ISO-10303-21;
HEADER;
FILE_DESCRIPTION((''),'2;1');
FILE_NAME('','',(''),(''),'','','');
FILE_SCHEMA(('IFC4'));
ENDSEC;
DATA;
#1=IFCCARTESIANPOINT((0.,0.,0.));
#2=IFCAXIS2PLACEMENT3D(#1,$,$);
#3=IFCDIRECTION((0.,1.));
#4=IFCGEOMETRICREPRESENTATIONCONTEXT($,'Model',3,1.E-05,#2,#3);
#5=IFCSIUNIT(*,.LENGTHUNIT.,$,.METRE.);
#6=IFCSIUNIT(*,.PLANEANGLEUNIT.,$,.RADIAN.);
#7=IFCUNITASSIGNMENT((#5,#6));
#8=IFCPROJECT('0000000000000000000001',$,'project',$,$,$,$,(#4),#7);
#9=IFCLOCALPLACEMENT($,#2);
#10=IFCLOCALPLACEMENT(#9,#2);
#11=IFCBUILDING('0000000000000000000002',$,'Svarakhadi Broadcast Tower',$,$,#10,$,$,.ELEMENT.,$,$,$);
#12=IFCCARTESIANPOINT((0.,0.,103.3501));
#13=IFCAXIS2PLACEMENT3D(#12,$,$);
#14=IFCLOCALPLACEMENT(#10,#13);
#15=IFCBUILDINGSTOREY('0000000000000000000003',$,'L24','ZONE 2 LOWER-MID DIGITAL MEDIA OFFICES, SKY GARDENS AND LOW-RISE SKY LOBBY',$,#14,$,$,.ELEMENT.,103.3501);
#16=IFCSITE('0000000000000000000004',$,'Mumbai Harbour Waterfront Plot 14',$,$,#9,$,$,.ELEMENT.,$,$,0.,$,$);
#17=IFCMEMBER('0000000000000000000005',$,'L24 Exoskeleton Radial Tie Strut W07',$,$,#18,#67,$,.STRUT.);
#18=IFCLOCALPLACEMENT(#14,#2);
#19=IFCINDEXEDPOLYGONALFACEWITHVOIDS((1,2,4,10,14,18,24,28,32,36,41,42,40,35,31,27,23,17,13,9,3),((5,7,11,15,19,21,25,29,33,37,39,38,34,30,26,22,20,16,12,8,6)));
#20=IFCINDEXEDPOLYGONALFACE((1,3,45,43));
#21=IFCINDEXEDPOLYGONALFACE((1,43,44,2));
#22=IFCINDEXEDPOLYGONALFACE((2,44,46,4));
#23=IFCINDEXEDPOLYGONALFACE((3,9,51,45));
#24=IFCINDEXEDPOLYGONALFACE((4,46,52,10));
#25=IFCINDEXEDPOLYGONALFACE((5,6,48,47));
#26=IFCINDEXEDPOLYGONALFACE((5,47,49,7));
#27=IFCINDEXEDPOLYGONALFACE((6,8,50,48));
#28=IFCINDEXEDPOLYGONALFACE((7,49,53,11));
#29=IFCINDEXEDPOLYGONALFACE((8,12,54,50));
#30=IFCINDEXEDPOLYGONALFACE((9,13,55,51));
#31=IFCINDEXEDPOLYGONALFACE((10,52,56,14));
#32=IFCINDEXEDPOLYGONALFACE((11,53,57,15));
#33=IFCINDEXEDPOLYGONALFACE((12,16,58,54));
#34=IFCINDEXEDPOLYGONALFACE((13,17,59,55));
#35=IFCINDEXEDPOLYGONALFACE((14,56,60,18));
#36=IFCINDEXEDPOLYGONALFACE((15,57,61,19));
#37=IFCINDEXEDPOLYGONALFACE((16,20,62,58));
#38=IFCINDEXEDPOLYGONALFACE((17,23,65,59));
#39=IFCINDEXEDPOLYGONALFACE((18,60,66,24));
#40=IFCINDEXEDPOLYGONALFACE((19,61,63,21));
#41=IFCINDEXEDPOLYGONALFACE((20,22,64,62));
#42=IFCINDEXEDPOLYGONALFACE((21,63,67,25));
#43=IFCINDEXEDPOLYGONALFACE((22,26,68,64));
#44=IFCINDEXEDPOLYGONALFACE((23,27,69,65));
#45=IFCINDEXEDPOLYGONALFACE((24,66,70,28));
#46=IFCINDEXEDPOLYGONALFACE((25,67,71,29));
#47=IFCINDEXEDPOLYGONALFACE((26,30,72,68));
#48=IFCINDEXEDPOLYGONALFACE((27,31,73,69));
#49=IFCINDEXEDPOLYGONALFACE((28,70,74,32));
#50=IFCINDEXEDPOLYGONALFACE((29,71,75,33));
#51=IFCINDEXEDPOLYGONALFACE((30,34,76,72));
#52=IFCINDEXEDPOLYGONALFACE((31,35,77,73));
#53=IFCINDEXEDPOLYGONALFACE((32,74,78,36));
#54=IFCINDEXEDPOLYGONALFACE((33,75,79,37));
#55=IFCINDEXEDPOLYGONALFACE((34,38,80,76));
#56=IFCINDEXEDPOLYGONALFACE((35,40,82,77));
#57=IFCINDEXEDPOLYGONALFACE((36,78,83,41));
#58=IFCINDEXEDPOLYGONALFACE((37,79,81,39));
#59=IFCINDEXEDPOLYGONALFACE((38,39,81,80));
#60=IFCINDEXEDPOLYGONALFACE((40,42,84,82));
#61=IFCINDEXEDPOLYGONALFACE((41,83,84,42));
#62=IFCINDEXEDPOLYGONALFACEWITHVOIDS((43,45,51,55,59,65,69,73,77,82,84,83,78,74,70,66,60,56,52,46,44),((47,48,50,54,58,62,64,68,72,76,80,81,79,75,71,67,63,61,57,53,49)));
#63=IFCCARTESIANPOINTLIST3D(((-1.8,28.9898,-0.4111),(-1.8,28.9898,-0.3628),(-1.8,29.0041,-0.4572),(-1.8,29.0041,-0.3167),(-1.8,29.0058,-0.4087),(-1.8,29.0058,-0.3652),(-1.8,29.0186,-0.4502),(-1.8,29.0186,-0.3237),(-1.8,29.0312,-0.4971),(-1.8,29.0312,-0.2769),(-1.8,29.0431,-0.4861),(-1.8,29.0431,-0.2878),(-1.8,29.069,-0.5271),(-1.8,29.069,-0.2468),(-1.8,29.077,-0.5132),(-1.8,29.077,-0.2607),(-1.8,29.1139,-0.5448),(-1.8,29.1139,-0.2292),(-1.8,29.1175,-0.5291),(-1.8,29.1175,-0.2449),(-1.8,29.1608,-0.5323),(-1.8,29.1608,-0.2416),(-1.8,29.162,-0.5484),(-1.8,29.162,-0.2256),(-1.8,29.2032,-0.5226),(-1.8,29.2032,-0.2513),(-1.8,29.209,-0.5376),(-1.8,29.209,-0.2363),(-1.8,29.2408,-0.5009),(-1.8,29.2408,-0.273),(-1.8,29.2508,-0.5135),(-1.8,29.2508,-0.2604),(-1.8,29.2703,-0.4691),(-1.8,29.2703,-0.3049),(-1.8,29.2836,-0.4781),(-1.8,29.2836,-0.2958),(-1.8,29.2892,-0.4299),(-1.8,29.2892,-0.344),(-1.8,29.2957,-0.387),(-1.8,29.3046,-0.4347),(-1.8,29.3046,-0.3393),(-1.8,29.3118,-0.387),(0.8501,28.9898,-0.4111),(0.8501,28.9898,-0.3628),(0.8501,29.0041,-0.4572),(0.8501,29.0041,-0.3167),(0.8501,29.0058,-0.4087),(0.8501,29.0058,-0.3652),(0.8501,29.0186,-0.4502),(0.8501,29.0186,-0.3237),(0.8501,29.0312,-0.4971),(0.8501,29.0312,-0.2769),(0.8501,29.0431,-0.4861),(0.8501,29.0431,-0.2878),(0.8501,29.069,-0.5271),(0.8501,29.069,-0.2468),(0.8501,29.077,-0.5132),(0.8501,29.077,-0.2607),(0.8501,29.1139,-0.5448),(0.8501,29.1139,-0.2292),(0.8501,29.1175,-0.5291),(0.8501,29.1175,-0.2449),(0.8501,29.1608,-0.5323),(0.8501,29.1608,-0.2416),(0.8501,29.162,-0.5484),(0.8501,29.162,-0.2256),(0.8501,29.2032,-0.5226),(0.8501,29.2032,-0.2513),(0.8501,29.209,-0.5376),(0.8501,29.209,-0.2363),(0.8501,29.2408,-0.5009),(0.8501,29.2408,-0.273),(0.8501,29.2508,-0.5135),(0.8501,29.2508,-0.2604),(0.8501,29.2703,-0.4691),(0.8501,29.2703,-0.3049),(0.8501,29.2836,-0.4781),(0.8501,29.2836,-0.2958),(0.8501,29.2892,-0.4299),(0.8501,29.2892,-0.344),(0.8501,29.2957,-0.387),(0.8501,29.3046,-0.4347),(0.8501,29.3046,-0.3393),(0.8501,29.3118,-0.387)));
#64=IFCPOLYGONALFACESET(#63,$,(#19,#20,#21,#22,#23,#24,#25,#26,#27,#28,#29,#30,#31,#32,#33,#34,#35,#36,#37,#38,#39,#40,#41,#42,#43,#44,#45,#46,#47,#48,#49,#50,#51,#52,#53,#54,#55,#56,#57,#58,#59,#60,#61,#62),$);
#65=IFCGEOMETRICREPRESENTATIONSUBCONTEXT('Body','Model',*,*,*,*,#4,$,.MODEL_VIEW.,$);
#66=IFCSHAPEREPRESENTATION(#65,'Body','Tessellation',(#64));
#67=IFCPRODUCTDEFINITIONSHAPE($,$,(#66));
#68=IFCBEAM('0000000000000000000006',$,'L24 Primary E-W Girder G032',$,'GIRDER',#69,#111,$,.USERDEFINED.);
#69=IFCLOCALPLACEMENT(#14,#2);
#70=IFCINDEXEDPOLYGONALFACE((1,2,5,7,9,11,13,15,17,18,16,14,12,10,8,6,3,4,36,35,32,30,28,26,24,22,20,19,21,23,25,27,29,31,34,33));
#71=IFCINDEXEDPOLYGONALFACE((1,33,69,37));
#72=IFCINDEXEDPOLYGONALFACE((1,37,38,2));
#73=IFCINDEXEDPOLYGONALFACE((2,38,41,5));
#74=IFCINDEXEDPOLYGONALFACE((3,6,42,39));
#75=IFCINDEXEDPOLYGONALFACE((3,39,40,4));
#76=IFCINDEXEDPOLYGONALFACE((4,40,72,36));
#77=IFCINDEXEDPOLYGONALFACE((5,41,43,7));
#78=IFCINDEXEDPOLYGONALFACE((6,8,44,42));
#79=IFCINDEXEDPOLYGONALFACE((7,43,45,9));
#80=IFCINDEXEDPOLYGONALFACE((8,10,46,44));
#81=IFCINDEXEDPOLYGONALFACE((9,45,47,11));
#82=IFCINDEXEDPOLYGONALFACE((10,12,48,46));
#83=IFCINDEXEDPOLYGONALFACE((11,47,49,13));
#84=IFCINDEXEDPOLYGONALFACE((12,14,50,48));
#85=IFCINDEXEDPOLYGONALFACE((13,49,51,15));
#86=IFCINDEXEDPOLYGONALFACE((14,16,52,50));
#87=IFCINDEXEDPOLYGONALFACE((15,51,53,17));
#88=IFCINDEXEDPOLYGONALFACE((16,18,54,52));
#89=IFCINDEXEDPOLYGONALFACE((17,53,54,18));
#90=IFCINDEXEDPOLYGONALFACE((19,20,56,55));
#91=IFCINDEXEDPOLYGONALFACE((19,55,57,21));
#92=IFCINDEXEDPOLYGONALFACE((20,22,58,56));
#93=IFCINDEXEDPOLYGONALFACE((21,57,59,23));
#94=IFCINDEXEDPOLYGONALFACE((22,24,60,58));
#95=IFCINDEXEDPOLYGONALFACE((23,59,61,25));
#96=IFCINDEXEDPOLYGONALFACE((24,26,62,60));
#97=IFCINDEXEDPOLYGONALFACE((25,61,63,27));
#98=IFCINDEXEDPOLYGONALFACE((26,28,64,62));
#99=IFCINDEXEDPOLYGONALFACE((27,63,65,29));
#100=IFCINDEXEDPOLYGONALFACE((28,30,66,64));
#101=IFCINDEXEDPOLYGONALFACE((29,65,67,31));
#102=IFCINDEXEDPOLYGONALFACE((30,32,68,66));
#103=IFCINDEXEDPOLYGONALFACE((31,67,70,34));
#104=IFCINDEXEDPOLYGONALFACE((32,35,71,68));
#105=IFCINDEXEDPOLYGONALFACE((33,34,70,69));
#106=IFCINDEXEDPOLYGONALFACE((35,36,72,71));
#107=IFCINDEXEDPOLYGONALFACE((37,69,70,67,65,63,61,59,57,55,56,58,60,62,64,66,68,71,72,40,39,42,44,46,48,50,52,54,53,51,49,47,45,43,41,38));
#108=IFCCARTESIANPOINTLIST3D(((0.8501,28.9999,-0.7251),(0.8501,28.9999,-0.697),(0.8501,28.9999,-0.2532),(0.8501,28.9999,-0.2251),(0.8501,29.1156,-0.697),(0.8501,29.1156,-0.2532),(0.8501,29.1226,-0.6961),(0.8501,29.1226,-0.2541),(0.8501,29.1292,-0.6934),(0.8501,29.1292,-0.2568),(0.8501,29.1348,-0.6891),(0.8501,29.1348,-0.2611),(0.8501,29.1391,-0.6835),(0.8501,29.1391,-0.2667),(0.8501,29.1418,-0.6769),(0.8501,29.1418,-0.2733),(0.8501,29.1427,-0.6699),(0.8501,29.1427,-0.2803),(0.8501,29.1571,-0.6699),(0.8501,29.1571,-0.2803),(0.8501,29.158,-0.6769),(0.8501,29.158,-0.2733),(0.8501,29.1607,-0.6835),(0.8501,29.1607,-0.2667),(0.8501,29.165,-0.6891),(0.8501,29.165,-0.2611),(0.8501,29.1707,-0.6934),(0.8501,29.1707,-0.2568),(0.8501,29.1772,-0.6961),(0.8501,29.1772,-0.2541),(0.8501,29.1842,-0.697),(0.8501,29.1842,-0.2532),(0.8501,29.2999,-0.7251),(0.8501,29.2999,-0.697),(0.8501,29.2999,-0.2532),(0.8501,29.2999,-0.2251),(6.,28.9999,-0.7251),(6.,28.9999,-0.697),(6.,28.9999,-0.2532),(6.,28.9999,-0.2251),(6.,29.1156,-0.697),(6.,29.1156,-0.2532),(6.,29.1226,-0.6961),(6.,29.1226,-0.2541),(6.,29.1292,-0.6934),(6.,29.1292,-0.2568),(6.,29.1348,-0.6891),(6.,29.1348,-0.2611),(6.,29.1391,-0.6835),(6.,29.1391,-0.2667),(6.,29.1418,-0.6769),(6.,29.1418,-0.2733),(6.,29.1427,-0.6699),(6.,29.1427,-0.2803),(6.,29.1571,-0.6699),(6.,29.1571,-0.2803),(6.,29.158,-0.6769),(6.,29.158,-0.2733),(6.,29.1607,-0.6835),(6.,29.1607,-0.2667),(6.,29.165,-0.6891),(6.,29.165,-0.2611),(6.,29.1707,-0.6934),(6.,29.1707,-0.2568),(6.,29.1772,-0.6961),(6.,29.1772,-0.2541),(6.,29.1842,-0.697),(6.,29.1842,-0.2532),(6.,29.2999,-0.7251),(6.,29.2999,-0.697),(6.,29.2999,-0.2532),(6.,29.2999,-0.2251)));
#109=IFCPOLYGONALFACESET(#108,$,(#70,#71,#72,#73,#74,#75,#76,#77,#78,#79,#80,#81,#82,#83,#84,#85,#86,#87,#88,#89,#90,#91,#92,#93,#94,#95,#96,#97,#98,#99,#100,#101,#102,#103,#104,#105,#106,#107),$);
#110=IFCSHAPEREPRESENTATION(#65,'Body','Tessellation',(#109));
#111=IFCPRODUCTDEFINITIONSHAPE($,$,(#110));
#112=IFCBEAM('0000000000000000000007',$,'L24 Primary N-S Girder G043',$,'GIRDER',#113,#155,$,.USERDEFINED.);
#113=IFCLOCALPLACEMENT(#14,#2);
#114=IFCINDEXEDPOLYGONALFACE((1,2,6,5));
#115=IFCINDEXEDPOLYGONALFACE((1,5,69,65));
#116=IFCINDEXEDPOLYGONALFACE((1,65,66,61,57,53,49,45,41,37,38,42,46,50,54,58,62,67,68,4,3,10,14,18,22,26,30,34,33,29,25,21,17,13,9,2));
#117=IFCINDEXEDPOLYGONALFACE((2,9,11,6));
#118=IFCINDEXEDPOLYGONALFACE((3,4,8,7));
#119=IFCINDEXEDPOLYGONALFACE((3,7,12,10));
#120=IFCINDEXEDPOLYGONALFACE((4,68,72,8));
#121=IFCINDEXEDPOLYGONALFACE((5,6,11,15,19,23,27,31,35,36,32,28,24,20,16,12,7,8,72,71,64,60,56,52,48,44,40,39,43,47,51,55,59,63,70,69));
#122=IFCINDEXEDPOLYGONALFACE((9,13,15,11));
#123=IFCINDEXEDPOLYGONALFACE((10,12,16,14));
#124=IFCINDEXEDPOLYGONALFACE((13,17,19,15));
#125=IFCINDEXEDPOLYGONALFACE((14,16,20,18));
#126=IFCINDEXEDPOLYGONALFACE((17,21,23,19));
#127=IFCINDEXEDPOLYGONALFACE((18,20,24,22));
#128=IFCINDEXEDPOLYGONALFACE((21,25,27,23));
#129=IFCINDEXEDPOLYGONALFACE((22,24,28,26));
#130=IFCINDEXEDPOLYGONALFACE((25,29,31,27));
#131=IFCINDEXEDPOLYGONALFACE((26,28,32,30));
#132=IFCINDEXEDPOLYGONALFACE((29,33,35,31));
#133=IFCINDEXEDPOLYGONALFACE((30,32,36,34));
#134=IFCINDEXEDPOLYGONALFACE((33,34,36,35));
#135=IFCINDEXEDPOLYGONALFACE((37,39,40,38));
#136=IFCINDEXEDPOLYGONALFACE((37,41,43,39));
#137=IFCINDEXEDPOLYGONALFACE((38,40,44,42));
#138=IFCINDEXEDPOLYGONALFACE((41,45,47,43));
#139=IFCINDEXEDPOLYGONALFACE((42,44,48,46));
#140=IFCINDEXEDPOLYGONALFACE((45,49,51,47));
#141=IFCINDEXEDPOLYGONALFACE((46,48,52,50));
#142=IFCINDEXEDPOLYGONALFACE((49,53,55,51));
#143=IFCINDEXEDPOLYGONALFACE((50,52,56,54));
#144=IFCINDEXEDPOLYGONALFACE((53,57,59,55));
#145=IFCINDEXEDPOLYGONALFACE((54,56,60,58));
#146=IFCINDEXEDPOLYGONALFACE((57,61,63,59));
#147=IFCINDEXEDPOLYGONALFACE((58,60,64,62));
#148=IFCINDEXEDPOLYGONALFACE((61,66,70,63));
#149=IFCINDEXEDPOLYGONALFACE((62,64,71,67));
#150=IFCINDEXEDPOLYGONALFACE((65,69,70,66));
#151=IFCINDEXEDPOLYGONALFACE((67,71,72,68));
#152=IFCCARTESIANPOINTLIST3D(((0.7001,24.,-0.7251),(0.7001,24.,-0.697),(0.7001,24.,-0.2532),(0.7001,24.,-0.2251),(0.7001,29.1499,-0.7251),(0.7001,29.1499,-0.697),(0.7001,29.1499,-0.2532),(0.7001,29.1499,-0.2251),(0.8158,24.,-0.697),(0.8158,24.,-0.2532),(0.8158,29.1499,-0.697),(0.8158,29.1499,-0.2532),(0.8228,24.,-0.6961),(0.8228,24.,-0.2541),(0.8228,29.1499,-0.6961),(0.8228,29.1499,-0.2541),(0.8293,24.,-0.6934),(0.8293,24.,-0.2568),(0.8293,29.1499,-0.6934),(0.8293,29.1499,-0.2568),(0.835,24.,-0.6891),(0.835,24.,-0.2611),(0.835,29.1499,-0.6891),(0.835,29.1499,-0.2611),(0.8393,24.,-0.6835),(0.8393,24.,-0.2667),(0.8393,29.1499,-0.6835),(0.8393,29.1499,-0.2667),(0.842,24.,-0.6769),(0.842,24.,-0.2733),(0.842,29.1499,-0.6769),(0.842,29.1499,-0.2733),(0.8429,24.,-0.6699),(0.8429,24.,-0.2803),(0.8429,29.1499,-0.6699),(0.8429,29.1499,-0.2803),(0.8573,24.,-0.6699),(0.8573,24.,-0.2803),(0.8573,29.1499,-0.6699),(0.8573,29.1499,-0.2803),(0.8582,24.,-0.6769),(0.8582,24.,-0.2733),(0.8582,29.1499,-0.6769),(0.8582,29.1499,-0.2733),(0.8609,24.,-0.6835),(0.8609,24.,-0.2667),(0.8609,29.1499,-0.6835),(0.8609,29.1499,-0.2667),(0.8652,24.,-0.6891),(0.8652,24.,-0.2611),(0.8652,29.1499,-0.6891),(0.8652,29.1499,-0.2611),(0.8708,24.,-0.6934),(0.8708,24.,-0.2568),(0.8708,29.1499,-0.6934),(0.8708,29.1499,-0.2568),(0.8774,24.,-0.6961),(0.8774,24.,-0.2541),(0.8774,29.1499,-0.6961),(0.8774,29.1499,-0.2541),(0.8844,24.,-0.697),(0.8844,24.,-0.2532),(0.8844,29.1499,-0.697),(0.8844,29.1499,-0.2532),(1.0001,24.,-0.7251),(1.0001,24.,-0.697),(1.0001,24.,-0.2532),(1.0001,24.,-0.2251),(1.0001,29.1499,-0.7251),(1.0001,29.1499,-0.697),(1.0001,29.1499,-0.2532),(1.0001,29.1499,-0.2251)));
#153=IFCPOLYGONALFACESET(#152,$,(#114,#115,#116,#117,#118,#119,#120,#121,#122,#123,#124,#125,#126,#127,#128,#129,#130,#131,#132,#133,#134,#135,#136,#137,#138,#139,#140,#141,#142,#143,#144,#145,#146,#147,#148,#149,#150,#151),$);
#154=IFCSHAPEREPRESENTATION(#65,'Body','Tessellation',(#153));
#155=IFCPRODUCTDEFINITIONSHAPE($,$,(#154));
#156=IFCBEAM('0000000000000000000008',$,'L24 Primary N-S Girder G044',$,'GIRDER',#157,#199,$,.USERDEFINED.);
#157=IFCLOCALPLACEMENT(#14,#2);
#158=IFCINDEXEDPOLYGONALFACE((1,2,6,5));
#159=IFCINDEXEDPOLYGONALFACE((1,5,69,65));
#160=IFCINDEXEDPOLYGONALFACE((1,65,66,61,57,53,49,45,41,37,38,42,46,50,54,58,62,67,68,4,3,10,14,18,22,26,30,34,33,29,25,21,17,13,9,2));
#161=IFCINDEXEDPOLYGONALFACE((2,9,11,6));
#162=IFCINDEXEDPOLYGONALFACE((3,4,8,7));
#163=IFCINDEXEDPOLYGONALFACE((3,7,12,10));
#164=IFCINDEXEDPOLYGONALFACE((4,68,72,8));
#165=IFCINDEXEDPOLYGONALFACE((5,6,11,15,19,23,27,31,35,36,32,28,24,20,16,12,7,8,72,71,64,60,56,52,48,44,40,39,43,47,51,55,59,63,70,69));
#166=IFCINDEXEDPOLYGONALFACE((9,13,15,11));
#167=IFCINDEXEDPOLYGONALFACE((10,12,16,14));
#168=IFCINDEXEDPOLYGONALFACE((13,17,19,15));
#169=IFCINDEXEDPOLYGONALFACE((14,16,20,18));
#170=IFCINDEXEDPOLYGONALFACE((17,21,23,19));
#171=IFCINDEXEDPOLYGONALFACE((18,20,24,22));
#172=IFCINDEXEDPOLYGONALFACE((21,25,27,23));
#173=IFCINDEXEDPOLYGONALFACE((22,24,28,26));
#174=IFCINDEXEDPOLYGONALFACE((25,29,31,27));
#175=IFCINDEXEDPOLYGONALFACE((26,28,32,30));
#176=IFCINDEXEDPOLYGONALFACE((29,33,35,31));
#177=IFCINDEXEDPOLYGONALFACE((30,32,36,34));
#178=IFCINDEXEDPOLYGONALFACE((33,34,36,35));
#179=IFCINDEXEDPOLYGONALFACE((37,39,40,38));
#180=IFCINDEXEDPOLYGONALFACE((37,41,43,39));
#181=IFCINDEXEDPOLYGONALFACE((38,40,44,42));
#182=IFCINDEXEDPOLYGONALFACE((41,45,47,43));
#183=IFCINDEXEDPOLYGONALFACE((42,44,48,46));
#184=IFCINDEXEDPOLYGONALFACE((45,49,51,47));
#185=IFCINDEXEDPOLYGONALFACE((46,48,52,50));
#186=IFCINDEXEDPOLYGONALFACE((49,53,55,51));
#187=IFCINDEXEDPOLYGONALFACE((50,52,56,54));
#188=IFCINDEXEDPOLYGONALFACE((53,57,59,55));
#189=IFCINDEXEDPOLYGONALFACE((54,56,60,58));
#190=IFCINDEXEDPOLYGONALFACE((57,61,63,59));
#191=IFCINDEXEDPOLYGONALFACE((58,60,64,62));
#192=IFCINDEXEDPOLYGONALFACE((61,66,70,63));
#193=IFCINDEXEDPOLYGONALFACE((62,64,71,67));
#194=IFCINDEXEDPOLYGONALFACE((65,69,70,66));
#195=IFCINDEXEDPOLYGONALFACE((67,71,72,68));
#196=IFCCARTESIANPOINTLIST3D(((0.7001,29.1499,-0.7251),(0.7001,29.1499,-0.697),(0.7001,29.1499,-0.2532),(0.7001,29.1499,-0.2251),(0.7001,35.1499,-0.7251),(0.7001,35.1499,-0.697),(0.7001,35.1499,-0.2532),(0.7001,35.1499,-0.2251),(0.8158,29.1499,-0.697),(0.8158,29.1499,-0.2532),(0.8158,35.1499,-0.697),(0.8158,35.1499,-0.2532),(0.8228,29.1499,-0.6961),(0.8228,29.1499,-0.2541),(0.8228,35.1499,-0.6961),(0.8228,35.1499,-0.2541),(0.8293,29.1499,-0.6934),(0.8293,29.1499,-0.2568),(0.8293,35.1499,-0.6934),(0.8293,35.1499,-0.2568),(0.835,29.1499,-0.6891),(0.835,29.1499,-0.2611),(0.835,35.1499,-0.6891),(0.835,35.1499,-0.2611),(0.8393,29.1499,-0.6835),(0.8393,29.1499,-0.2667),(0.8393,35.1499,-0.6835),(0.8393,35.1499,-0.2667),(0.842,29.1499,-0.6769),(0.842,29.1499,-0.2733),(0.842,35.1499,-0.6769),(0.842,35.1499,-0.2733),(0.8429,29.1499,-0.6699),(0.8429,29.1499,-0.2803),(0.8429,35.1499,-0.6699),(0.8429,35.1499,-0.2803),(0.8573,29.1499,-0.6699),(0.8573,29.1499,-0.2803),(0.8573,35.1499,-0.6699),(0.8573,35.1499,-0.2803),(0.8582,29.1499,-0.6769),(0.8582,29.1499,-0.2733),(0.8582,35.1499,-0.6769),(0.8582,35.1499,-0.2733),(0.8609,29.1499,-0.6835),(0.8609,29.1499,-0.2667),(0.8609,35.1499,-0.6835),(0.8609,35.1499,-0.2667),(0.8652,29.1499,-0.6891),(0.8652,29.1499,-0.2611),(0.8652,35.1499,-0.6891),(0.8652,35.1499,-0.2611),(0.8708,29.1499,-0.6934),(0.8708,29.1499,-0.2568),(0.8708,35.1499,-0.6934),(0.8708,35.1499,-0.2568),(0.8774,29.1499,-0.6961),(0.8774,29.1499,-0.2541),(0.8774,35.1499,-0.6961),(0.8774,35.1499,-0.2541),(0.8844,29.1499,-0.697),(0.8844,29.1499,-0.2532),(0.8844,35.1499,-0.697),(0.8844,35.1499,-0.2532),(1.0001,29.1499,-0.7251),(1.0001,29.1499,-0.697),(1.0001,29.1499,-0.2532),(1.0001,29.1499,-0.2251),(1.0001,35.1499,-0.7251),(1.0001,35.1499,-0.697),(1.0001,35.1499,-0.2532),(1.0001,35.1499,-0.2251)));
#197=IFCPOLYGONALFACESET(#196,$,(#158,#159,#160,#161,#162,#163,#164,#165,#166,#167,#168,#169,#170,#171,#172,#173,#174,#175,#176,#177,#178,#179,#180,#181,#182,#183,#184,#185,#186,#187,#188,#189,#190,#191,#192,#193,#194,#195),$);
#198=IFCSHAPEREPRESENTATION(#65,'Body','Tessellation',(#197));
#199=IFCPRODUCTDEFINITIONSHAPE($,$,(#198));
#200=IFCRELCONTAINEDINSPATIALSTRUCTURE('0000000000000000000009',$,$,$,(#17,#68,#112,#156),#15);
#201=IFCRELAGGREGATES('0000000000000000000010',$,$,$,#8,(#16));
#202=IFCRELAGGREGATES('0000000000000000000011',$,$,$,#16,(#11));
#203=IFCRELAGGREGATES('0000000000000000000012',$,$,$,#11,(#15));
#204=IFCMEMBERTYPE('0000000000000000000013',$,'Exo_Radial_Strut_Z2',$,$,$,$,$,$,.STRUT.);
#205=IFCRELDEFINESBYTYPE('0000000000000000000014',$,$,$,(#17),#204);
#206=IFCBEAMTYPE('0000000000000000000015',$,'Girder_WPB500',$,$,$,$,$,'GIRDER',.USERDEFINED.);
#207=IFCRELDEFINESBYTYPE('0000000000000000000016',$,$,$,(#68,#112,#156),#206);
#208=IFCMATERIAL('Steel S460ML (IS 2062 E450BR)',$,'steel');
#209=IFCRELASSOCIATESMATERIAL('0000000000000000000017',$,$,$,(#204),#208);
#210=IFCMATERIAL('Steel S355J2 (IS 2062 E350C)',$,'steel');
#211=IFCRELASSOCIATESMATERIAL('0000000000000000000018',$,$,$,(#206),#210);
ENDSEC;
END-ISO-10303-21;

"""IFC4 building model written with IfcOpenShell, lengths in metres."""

from ifc_helpers import new_model, si_unit, direction, frame, origin, origin_2d, place, context, subcontext, project, spatial, hollow_circle, i_section, extrude, material, material_profile, profile_set, type_object, element, save


model = new_model("IFC4")

# Units and contexts
model_context = context("Model", 3, precision=1e-05, world=origin(), true_north=direction((0.0, 1.0)))
body_context = subcontext(model_context, "Body", "Model", "MODEL_VIEW")
ifc_project = project(units=[si_unit("LENGTHUNIT", "METRE"), si_unit("PLANEANGLEUNIT", "RADIAN")], contexts=[model_context])

# Site, building, storey
site_placement = place(None, origin())
site = spatial("IfcSite", under=ifc_project, at=site_placement, Name="Mumbai Harbour Waterfront Plot 14", CompositionType="ELEMENT", RefElevation=0.0)
building_placement = place(site_placement, origin())
building = spatial("IfcBuilding", under=site, at=building_placement, Name="Svarakhadi Broadcast Tower", CompositionType="ELEMENT")
storey_placement = place(building_placement, frame((0.0, 0.0, 103.3501)))
storey = spatial("IfcBuildingStorey", under=building, at=storey_placement, Name="L24", Description="ZONE 2 LOWER-MID DIGITAL MEDIA OFFICES, SKY GARDENS AND LOW-RISE SKY LOBBY", CompositionType="ELEMENT", Elevation=103.3501)

# Shared definitions
ifc_material_1 = material(Name="Steel S460ML (IS 2062 E450BR)", Category="steel")

# Shared definitions
ifc_material_2 = material(Name="Steel S355J2 (IS 2062 E350C)", Category="steel")

# Member
ifc_material_profile_1 = material_profile(ifc_material_1, hollow_circle(Radius=0.1619, WallThickness=0.0161, at=origin_2d()), Name="CHS 323.9x16")
ifc_profile_set_1 = profile_set([ifc_material_profile_1], Name="Steel S460ML (IS 2062 E450BR)")
member_type_1 = type_object("IfcMemberType", Name="Exo_Radial_Strut_Z2", PredefinedType="STRUT", material=ifc_profile_set_1)
member_1_placement = place(storey_placement, frame((-1.8, 29.1499, -0.387), z_axis=(1.0, 0.0, 0.0), x_axis=(0.0, 1.0, 0.0)))
element("IfcMember", 1, at=member_1_placement, inside=storey, type_object=member_type_1, Name="L24 Exoskeleton Radial Tie Strut W07", PredefinedType="STRUT", context=body_context, shape_type="SweptSolid", body=[
    extrude(hollow_circle(Radius=0.1619, WallThickness=0.0161, at=origin_2d()), origin(), (0.0, 0.0, 1.0), 2.6501),
])

# Beams
ifc_material_profile_2 = material_profile(ifc_material_2, i_section(OverallWidth=0.3, OverallDepth=0.5, WebThickness=0.0144, FlangeThickness=0.0281, FilletRadius=0.0271, at=origin_2d()), Name="WPB 500x300x187")
ifc_profile_set_2 = profile_set([ifc_material_profile_2], Name="Steel S355J2 (IS 2062 E350C)")
beam_type_1 = type_object("IfcBeamType", Name="Girder_WPB500", ElementType="GIRDER", PredefinedType="USERDEFINED", material=ifc_profile_set_2)
for number, where, z_axis, x_axis, name in (
    (2, (0.8501, 29.1499, -0.4751), (1.0, 0.0, 0.0), (0.0, 1.0, 0.0), "L24 Primary E-W Girder G032"),
    (3, (0.8501, 24.0, -0.4751), (0.0, 1.0, 0.0), (-1.0, 0.0, 0.0), "L24 Primary N-S Girder G043"),
):
    element("IfcBeam", number, at=place(storey_placement, frame(where, z_axis=z_axis, x_axis=x_axis)), inside=storey, type_object=beam_type_1, Name=name, ObjectType="GIRDER", PredefinedType="USERDEFINED", context=body_context, shape_type="SweptSolid", body=[
        extrude(i_section(OverallWidth=0.3, OverallDepth=0.5, WebThickness=0.0144, FlangeThickness=0.0281, FilletRadius=0.0271, at=origin_2d()), origin(), (0.0, 0.0, 1.0), 5.1499),
    ])
beam_1_placement = place(storey_placement, frame((0.8501, 29.1499, -0.4751), z_axis=(0.0, 1.0, 0.0), x_axis=(-1.0, 0.0, 0.0)))
element("IfcBeam", 4, at=beam_1_placement, inside=storey, type_object=beam_type_1, Name="L24 Primary N-S Girder G044", ObjectType="GIRDER", PredefinedType="USERDEFINED", context=body_context, shape_type="SweptSolid", body=[
    extrude(i_section(OverallWidth=0.3, OverallDepth=0.5, WebThickness=0.0144, FlangeThickness=0.0281, FilletRadius=0.0271, at=origin_2d()), origin(), (0.0, 0.0, 1.0), 6.0),
])

save(model, "model.ifc")
